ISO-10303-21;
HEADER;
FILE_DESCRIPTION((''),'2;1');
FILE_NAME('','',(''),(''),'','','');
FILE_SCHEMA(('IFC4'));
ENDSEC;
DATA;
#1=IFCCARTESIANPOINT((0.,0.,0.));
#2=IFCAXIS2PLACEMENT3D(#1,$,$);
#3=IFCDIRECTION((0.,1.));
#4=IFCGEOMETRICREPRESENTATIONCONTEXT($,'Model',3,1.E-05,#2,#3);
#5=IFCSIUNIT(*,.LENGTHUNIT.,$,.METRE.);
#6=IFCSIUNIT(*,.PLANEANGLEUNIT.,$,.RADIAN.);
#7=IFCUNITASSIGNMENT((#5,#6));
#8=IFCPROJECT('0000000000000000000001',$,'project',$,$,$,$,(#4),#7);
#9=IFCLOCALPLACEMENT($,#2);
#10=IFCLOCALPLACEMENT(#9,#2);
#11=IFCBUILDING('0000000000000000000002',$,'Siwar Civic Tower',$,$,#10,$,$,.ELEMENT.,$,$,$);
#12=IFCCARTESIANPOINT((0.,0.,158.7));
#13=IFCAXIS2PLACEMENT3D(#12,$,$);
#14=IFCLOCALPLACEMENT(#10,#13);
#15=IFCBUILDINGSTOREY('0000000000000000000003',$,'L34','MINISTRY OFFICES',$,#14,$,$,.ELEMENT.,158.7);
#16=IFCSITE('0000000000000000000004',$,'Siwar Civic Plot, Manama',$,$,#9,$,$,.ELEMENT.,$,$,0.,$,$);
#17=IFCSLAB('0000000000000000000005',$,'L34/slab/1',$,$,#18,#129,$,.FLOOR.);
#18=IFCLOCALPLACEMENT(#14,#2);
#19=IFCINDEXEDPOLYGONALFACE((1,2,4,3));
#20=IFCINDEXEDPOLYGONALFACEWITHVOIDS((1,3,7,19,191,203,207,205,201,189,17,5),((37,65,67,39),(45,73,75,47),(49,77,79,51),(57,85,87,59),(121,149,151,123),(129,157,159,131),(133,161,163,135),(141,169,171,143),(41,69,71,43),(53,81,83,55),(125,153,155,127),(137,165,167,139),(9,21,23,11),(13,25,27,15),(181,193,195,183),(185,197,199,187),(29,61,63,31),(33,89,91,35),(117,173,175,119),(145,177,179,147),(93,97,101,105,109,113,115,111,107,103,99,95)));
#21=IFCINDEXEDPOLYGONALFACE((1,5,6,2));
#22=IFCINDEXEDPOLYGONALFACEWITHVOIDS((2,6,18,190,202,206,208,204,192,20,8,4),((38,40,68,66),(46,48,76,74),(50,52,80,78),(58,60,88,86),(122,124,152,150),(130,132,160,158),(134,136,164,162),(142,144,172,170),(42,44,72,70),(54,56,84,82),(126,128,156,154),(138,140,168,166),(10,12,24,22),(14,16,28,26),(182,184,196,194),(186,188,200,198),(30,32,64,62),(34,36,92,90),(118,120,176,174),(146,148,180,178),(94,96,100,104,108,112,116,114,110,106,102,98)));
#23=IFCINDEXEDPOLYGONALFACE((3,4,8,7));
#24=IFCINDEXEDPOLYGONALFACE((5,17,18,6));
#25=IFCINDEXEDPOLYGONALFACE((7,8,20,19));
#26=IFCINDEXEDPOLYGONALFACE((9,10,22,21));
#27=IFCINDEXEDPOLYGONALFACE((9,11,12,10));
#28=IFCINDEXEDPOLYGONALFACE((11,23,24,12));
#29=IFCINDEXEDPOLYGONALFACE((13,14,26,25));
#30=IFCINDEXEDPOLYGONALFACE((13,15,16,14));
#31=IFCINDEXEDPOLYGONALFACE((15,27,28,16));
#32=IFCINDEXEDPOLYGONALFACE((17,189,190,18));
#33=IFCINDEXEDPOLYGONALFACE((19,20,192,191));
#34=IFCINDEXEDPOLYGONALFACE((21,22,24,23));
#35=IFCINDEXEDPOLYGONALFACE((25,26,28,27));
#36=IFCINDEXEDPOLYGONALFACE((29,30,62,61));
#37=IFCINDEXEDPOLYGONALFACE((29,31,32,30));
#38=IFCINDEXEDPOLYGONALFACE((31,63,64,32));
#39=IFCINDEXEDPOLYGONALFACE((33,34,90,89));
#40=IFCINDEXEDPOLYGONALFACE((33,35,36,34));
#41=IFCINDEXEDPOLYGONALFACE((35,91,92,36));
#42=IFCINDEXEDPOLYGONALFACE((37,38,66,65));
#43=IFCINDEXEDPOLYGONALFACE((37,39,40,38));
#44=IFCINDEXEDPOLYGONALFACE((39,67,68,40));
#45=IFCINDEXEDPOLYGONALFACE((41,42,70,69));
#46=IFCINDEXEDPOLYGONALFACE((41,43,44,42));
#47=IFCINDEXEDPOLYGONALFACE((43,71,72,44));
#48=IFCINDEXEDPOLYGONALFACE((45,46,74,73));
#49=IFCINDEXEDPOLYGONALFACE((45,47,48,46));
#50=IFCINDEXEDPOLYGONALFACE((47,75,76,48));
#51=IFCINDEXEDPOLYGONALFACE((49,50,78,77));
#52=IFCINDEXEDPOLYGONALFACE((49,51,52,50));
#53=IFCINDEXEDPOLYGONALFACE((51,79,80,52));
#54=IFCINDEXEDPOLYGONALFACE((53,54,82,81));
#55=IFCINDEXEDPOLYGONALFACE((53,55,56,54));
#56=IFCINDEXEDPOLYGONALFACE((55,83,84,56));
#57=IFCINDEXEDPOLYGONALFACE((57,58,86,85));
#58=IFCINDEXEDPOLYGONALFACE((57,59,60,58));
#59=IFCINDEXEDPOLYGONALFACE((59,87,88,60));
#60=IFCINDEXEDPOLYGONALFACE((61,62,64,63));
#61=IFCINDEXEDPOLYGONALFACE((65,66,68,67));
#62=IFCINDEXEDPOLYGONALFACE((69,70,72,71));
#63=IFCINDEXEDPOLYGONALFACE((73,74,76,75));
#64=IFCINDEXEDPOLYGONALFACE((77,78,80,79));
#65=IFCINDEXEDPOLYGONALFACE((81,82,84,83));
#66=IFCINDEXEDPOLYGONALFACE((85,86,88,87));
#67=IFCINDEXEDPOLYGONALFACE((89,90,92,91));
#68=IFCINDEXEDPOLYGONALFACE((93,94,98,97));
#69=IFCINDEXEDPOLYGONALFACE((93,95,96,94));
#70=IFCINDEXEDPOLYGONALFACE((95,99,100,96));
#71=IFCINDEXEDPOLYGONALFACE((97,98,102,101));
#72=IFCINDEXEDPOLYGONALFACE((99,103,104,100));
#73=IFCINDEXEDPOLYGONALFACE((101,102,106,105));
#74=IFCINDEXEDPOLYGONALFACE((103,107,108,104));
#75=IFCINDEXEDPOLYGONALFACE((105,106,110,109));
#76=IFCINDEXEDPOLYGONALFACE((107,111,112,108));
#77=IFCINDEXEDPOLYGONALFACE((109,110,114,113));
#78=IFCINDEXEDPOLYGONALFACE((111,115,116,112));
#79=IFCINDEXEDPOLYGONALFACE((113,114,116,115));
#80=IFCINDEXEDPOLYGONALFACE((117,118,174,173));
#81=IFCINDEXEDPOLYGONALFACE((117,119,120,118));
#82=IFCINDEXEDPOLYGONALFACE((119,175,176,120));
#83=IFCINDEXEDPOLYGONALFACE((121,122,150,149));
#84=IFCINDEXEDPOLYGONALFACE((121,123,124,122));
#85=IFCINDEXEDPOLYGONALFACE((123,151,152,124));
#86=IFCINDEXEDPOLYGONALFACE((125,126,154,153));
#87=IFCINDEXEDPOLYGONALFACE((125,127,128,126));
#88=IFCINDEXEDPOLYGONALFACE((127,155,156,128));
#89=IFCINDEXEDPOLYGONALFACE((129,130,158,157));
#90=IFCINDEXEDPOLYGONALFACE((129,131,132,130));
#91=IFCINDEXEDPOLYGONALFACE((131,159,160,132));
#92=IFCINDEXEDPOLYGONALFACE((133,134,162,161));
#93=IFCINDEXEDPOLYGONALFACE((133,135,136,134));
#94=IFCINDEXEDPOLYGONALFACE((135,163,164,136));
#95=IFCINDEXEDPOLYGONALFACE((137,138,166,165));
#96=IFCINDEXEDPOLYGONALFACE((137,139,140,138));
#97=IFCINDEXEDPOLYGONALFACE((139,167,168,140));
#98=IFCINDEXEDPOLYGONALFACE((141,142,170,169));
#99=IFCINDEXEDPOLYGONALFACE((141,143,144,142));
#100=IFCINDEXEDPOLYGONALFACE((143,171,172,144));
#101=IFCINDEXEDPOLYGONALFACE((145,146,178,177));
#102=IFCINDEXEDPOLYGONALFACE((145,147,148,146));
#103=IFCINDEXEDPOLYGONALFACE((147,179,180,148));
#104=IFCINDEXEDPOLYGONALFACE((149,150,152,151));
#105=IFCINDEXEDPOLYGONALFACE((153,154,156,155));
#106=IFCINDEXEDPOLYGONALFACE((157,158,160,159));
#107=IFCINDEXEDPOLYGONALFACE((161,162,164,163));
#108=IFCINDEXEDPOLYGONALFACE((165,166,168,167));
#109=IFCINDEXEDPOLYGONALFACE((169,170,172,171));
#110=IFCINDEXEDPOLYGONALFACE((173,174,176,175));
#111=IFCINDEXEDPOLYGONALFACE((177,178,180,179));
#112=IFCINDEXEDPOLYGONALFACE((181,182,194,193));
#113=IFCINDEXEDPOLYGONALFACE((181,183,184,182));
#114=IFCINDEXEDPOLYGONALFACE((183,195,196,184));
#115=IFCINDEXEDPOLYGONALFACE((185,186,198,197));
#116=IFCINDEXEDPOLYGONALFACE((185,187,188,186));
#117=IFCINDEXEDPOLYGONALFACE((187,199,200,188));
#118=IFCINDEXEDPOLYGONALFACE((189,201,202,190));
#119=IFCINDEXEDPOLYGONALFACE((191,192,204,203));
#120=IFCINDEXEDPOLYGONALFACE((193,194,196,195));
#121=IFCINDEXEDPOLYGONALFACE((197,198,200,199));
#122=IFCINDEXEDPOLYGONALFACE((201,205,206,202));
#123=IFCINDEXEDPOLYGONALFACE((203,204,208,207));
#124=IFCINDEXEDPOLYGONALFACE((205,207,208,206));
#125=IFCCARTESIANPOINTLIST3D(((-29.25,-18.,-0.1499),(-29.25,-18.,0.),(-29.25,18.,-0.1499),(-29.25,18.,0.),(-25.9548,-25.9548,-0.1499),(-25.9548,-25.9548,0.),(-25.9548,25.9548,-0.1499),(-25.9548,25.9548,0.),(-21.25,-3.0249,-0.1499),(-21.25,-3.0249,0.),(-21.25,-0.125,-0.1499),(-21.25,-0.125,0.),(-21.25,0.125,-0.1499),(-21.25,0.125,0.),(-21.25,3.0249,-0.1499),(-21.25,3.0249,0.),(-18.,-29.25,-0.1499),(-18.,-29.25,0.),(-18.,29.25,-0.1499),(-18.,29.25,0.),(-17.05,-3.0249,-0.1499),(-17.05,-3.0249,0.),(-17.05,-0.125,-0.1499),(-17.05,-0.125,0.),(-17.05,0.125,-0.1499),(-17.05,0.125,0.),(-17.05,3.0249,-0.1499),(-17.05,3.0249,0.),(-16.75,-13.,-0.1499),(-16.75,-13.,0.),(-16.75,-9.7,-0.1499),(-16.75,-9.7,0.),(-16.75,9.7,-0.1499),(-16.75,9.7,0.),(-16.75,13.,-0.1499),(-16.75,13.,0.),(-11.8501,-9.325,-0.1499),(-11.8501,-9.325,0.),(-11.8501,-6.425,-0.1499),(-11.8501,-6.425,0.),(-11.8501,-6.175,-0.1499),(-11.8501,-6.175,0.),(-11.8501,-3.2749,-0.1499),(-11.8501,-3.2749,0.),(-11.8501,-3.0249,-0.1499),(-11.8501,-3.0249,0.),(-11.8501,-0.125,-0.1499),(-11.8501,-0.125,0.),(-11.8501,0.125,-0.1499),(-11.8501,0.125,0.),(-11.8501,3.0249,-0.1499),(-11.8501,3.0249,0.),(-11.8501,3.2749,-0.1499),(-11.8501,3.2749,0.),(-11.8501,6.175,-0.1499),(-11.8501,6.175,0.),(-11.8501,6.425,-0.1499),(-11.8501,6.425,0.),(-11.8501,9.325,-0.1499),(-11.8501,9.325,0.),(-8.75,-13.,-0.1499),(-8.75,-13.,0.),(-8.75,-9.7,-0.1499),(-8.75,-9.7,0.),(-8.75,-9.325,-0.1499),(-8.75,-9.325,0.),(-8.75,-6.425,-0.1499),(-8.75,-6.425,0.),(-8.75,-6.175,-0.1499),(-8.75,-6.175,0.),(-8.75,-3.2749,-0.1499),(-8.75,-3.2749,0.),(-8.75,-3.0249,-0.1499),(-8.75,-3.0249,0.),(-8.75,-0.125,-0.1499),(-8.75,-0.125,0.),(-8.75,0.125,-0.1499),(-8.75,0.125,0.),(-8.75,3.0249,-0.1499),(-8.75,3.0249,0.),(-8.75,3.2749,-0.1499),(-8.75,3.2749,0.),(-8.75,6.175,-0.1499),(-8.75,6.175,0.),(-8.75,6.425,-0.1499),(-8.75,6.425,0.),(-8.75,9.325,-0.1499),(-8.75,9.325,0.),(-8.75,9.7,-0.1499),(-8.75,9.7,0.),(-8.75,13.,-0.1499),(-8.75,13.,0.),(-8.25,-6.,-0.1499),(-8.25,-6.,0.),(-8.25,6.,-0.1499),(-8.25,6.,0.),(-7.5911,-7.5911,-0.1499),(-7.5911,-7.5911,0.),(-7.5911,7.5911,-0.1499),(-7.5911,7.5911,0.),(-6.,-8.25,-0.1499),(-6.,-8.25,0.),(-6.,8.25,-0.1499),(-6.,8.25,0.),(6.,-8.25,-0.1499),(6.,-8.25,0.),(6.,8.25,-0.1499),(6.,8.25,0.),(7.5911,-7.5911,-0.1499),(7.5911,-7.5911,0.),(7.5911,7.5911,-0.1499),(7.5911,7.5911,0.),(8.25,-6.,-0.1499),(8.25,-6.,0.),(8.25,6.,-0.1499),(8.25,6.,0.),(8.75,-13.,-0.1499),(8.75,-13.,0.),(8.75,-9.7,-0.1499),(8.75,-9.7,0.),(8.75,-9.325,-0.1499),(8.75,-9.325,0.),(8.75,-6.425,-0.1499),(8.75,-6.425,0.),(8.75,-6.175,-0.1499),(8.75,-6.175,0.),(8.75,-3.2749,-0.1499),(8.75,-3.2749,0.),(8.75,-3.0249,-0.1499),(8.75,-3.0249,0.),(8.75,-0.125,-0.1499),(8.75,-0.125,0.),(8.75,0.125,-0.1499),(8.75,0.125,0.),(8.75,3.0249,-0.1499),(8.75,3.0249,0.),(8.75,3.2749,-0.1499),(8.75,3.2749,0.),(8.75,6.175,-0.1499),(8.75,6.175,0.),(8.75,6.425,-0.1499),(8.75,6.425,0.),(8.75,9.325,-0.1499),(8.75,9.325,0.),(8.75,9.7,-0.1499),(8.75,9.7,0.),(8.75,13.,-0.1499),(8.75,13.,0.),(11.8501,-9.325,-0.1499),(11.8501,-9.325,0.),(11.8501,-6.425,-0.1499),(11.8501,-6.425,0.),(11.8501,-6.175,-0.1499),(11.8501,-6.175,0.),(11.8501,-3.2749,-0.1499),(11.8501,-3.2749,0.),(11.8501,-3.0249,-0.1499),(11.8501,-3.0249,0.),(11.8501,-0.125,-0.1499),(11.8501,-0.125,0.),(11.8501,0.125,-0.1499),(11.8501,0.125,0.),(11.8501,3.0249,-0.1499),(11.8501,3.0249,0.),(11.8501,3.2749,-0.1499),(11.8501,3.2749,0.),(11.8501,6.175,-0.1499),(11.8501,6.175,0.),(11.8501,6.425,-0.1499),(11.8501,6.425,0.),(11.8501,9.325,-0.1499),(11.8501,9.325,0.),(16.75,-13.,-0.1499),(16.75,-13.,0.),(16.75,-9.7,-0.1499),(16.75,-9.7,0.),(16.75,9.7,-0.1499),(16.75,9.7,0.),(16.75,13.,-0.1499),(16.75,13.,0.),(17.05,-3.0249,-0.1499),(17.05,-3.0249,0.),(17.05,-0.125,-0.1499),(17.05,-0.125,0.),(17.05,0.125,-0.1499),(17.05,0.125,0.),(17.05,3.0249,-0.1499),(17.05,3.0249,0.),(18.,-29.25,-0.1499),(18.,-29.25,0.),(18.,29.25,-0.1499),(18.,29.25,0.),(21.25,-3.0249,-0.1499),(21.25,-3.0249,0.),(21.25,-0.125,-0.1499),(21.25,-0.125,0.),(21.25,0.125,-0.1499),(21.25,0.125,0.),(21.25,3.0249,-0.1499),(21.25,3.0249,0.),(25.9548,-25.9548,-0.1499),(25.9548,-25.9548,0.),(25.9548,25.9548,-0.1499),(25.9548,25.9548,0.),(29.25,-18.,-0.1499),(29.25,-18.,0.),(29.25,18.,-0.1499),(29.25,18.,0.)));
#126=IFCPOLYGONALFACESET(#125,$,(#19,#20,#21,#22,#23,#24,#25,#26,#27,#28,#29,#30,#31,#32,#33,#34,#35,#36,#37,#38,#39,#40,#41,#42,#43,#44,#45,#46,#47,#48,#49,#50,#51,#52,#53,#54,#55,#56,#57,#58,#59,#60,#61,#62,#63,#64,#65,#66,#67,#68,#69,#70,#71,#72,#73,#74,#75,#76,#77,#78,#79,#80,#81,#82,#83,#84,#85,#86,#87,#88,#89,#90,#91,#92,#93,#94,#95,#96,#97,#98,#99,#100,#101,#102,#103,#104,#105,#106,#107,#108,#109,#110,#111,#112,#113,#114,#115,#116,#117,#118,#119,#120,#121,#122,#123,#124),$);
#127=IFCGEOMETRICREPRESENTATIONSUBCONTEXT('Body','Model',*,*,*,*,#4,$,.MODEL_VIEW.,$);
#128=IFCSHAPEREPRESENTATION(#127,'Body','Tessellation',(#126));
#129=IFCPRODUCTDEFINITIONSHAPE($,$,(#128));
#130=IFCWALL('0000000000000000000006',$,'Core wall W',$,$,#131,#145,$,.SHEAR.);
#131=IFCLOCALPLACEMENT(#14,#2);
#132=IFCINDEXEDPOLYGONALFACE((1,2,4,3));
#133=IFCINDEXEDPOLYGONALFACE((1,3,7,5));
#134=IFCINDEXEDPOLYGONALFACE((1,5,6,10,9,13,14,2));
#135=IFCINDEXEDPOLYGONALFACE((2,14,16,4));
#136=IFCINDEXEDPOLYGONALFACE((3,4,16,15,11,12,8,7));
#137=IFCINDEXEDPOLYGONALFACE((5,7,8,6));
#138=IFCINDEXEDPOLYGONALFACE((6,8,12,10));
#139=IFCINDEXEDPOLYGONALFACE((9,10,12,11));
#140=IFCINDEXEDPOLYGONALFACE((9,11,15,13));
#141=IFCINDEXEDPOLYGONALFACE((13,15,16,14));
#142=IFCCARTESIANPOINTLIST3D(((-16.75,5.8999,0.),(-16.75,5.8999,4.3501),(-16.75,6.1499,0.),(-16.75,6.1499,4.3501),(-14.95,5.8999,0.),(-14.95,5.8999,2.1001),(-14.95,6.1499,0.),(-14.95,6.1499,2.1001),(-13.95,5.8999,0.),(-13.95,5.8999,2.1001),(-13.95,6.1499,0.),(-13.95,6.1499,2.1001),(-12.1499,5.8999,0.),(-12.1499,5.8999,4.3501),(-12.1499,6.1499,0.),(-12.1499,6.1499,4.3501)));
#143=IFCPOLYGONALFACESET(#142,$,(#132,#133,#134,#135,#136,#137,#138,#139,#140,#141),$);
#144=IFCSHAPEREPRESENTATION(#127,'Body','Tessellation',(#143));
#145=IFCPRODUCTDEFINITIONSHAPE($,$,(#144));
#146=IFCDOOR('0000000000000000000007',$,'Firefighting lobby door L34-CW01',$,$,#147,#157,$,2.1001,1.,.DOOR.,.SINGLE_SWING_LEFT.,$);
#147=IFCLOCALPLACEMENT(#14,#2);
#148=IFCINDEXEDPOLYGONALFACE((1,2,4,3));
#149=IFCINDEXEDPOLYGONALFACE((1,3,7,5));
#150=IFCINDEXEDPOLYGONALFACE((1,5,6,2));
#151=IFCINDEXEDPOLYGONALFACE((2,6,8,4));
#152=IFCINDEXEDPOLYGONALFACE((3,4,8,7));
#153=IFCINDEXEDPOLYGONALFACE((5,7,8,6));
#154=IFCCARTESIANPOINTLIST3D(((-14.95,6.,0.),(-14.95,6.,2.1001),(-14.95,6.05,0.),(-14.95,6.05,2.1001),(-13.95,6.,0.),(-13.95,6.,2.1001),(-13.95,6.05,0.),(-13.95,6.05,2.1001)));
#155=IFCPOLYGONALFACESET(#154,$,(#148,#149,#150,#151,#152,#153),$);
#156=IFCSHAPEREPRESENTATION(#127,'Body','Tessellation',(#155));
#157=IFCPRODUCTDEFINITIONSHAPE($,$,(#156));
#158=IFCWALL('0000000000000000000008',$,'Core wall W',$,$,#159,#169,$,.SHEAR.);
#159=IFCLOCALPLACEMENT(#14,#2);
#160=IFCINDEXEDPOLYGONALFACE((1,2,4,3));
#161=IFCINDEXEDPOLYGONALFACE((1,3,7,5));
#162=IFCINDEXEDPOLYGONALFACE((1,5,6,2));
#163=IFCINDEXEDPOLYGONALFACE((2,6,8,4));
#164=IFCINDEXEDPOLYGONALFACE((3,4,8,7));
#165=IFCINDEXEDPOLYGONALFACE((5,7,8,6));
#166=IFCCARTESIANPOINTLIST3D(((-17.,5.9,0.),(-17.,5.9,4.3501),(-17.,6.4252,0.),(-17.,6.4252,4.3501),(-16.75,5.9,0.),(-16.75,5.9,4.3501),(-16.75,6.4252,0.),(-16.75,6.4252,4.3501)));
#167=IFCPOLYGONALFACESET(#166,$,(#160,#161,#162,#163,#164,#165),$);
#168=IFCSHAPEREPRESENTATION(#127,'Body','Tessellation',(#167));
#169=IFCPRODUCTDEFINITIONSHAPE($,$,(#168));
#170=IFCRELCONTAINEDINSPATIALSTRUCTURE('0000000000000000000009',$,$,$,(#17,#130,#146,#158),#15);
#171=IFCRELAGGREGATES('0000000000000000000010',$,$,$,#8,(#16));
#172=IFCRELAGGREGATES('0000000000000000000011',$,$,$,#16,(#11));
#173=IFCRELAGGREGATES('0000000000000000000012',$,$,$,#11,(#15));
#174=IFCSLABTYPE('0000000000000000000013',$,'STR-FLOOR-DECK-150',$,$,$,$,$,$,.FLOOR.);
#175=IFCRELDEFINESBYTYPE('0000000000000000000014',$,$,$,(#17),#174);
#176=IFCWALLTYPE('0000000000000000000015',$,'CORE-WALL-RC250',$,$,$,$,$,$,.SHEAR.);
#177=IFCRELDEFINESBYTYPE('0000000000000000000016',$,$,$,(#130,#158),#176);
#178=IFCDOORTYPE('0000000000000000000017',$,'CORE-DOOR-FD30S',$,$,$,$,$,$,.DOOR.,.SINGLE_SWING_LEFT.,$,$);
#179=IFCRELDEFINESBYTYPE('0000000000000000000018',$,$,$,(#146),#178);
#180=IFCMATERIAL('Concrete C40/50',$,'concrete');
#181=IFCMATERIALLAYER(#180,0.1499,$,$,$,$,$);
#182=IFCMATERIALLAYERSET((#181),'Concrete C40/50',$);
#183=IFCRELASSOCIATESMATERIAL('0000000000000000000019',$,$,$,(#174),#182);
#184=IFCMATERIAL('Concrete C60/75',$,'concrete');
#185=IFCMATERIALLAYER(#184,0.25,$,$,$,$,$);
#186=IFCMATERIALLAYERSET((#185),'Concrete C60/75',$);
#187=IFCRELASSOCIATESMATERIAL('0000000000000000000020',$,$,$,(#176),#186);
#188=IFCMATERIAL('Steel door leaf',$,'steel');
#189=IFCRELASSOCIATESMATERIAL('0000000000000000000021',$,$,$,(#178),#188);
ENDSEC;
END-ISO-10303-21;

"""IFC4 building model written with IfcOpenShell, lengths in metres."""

from ifc_helpers import new_model, si_unit, direction, frame, frame_2d, origin, place, context, subcontext, project, spatial, polyline, rectangle, outline, extrude, material, layer, layer_set, type_object, element, fill, save


model = new_model("IFC4")

# Units and contexts
model_context = context("Model", 3, precision=1e-05, world=origin(), true_north=direction((0.0, 1.0)))
body_context = subcontext(model_context, "Body", "Model", "MODEL_VIEW")
ifc_project = project(units=[si_unit("LENGTHUNIT", "METRE"), si_unit("PLANEANGLEUNIT", "RADIAN")], contexts=[model_context])

# Site, building, storey
site_placement = place(None, origin())
site = spatial("IfcSite", under=ifc_project, at=site_placement, Name="Siwar Civic Plot, Manama", CompositionType="ELEMENT", RefElevation=0.0)
building_placement = place(site_placement, origin())
building = spatial("IfcBuilding", under=site, at=building_placement, Name="Siwar Civic Tower", CompositionType="ELEMENT")
storey_placement = place(building_placement, frame((0.0, 0.0, 158.7)))
storey = spatial("IfcBuildingStorey", under=building, at=storey_placement, Name="L34", Description="MINISTRY OFFICES", CompositionType="ELEMENT", Elevation=158.7)

# Slab
ifc_material_1 = material(Name="Concrete C40/50", Category="concrete")
ifc_layer_1 = layer(ifc_material_1, 0.1499)
ifc_layer_set_1 = layer_set([ifc_layer_1], Name="Concrete C40/50")
slab_type_1 = type_object("IfcSlabType", Name="STR-FLOOR-DECK-150", PredefinedType="FLOOR", material=ifc_layer_set_1)
slab_1_placement = place(storey_placement, frame((0.0, 0.0, -0.1499)))
element("IfcSlab", 1, at=slab_1_placement, inside=storey, type_object=slab_type_1, Name="L34/slab/1", PredefinedType="FLOOR", context=body_context, shape_type="SweptSolid", body=[
    extrude(outline(polyline([(-18.0, -29.25), (18.0, -29.25), (25.9548, -25.9548), (29.25, -18.0), (29.25, 18.0), (25.9548, 25.9548), (18.0, 29.25), (-18.0, 29.25), (-25.9548, 25.9548), (-29.25, 18.0), (-29.25, -18.0), (-25.9548, -25.9548), (-18.0, -29.25)]), holes=[polyline([(21.25, 3.0249), (21.25, 0.125), (17.05, 0.125), (17.05, 3.0249), (21.25, 3.0249)]), polyline([(17.05, -0.125), (21.25, -0.125), (21.25, -3.0249), (17.05, -3.0249), (17.05, -0.125)]), polyline([(16.75, 13.0), (16.75, 9.7), (8.75, 9.7), (8.75, 13.0), (16.75, 13.0)]), polyline([(8.75, -9.7), (16.75, -9.7), (16.75, -13.0), (8.75, -13.0), (8.75, -9.7)]), polyline([(11.8501, 9.325), (11.8501, 6.425), (8.75, 6.425), (8.75, 9.325), (11.8501, 9.325)]), polyline([(11.8501, 3.0249), (11.8501, 0.125), (8.75, 0.125), (8.75, 3.0249), (11.8501, 3.0249)]), polyline([(11.8501, -0.125), (11.8501, -3.0249), (8.75, -3.0249), (8.75, -0.125), (11.8501, -0.125)]), polyline([(11.8501, -3.2749), (11.8501, -6.175), (8.75, -6.175), (8.75, -3.2749), (11.8501, -3.2749)]), polyline([(8.75, 6.175), (11.8501, 6.175), (11.8501, 3.2749), (8.75, 3.2749), (8.75, 6.175)]), polyline([(8.75, -6.425), (11.8501, -6.425), (11.8501, -9.325), (8.75, -9.325), (8.75, -6.425)]), polyline([(-6.0, 8.25), (6.0, 8.25), (7.5911, 7.5911), (8.25, 6.0), (8.25, -6.0), (7.5911, -7.5911), (6.0, -8.25), (-6.0, -8.25), (-7.5911, -7.5911), (-8.25, -6.0), (-8.25, 6.0), (-7.5911, 7.5911), (-6.0, 8.25)]), polyline([(-8.75, 9.7), (-16.75, 9.7), (-16.75, 13.0), (-8.75, 13.0), (-8.75, 9.7)]), polyline([(-8.75, 0.125), (-11.8501, 0.125), (-11.8501, 3.0249), (-8.75, 3.0249), (-8.75, 0.125)]), polyline([(-8.75, -6.175), (-11.8501, -6.175), (-11.8501, -3.2749), (-8.75, -3.2749), (-8.75, -6.175)]), polyline([(-8.75, -9.325), (-11.8501, -9.325), (-11.8501, -6.425), (-8.75, -6.425), (-8.75, -9.325)]), polyline([(-8.75, -13.0), (-16.75, -13.0), (-16.75, -9.7), (-8.75, -9.7), (-8.75, -13.0)]), polyline([(-11.8501, 6.425), (-11.8501, 9.325), (-8.75, 9.325), (-8.75, 6.425), (-11.8501, 6.425)]), polyline([(-11.8501, 3.2749), (-11.8501, 6.175), (-8.75, 6.175), (-8.75, 3.2749), (-11.8501, 3.2749)]), polyline([(-11.8501, -3.0249), (-11.8501, -0.125), (-8.75, -0.125), (-8.75, -3.0249), (-11.8501, -3.0249)]), polyline([(-21.25, -3.0249), (-21.25, -0.125), (-17.05, -0.125), (-17.05, -3.0249), (-21.25, -3.0249)]), polyline([(-17.05, 0.125), (-21.25, 0.125), (-21.25, 3.0249), (-17.05, 3.0249), (-17.05, 0.125)])]), origin(), (0.0, 0.0, 1.0), 0.1499),
])

# Wall, opening, door
ifc_material_2 = material(Name="Concrete C60/75", Category="concrete")
ifc_layer_2 = layer(ifc_material_2, 0.25)
ifc_layer_set_2 = layer_set([ifc_layer_2], Name="Concrete C60/75")
wall_type_1 = type_object("IfcWallType", Name="CORE-WALL-RC250", PredefinedType="SHEAR", material=ifc_layer_set_2)
wall_1_placement = place(storey_placement, frame((-12.1499, 6.0249, 0.0), z_axis=(0.0, 0.0, 1.0), x_axis=(-1.0, 0.0, 0.0)))
wall_1 = element("IfcWall", 2, at=wall_1_placement, inside=storey, type_object=wall_type_1, Name="Core wall W", PredefinedType="SHEAR", context=body_context, shape_type="SweptSolid", body=[
    extrude(rectangle(XDim=4.6001, YDim=0.25, at=frame_2d((2.3, 0.0))), origin(), (0.0, 0.0, 1.0), 4.3501),
])
opening_1_placement = place(wall_1_placement, frame((1.8, 0.0, 0.0)))
opening_1 = element("IfcOpeningElement", 3, at=opening_1_placement, cuts=wall_1, PredefinedType="OPENING", context=body_context, shape_type="SweptSolid", body=[
    extrude(rectangle(XDim=1.0, YDim=2.1001, at=frame_2d((0.5, 1.05))), frame((0.0, 0.135, 0.0), z_axis=(0.0, -1.0, 0.0), x_axis=(1.0, 0.0, 0.0)), (0.0, 0.0, 1.0), 0.27),
])
ifc_material_3 = material(Name="Steel door leaf", Category="steel")
door_type_1 = type_object("IfcDoorType", Name="CORE-DOOR-FD30S", OperationType="SINGLE_SWING_LEFT", PredefinedType="DOOR", material=ifc_material_3)
door_1_placement = place(opening_1_placement, origin())
door_1 = element("IfcDoor", 4, at=door_1_placement, inside=storey, type_object=door_type_1, Name="Firefighting lobby door L34-CW01", OperationType="SINGLE_SWING_LEFT", OverallHeight=2.1001, OverallWidth=1.0, PredefinedType="DOOR", context=body_context, shape_type="SweptSolid", body=[
    extrude(rectangle(XDim=1.0, YDim=2.1001, at=frame_2d((0.5, 1.05))), frame((0.0, 0.0249, 0.0), z_axis=(0.0, -1.0, 0.0), x_axis=(1.0, 0.0, 0.0)), (0.0, 0.0, 1.0), 0.05),
])
fill(opening_1, door_1)

# Wall
wall_2_placement = place(storey_placement, frame((-16.875, 5.8999, 0.0), z_axis=(0.0, 0.0, 1.0), x_axis=(0.0, 1.0, 0.0)))
element("IfcWall", 5, at=wall_2_placement, inside=storey, type_object=wall_type_1, Name="Core wall W", PredefinedType="SHEAR", context=body_context, shape_type="SweptSolid", body=[
    extrude(rectangle(XDim=0.5251, YDim=0.25, at=frame_2d((0.2627, 0.0))), origin(), (0.0, 0.0, 1.0), 4.3501),
])

save(model, "model.ifc")
